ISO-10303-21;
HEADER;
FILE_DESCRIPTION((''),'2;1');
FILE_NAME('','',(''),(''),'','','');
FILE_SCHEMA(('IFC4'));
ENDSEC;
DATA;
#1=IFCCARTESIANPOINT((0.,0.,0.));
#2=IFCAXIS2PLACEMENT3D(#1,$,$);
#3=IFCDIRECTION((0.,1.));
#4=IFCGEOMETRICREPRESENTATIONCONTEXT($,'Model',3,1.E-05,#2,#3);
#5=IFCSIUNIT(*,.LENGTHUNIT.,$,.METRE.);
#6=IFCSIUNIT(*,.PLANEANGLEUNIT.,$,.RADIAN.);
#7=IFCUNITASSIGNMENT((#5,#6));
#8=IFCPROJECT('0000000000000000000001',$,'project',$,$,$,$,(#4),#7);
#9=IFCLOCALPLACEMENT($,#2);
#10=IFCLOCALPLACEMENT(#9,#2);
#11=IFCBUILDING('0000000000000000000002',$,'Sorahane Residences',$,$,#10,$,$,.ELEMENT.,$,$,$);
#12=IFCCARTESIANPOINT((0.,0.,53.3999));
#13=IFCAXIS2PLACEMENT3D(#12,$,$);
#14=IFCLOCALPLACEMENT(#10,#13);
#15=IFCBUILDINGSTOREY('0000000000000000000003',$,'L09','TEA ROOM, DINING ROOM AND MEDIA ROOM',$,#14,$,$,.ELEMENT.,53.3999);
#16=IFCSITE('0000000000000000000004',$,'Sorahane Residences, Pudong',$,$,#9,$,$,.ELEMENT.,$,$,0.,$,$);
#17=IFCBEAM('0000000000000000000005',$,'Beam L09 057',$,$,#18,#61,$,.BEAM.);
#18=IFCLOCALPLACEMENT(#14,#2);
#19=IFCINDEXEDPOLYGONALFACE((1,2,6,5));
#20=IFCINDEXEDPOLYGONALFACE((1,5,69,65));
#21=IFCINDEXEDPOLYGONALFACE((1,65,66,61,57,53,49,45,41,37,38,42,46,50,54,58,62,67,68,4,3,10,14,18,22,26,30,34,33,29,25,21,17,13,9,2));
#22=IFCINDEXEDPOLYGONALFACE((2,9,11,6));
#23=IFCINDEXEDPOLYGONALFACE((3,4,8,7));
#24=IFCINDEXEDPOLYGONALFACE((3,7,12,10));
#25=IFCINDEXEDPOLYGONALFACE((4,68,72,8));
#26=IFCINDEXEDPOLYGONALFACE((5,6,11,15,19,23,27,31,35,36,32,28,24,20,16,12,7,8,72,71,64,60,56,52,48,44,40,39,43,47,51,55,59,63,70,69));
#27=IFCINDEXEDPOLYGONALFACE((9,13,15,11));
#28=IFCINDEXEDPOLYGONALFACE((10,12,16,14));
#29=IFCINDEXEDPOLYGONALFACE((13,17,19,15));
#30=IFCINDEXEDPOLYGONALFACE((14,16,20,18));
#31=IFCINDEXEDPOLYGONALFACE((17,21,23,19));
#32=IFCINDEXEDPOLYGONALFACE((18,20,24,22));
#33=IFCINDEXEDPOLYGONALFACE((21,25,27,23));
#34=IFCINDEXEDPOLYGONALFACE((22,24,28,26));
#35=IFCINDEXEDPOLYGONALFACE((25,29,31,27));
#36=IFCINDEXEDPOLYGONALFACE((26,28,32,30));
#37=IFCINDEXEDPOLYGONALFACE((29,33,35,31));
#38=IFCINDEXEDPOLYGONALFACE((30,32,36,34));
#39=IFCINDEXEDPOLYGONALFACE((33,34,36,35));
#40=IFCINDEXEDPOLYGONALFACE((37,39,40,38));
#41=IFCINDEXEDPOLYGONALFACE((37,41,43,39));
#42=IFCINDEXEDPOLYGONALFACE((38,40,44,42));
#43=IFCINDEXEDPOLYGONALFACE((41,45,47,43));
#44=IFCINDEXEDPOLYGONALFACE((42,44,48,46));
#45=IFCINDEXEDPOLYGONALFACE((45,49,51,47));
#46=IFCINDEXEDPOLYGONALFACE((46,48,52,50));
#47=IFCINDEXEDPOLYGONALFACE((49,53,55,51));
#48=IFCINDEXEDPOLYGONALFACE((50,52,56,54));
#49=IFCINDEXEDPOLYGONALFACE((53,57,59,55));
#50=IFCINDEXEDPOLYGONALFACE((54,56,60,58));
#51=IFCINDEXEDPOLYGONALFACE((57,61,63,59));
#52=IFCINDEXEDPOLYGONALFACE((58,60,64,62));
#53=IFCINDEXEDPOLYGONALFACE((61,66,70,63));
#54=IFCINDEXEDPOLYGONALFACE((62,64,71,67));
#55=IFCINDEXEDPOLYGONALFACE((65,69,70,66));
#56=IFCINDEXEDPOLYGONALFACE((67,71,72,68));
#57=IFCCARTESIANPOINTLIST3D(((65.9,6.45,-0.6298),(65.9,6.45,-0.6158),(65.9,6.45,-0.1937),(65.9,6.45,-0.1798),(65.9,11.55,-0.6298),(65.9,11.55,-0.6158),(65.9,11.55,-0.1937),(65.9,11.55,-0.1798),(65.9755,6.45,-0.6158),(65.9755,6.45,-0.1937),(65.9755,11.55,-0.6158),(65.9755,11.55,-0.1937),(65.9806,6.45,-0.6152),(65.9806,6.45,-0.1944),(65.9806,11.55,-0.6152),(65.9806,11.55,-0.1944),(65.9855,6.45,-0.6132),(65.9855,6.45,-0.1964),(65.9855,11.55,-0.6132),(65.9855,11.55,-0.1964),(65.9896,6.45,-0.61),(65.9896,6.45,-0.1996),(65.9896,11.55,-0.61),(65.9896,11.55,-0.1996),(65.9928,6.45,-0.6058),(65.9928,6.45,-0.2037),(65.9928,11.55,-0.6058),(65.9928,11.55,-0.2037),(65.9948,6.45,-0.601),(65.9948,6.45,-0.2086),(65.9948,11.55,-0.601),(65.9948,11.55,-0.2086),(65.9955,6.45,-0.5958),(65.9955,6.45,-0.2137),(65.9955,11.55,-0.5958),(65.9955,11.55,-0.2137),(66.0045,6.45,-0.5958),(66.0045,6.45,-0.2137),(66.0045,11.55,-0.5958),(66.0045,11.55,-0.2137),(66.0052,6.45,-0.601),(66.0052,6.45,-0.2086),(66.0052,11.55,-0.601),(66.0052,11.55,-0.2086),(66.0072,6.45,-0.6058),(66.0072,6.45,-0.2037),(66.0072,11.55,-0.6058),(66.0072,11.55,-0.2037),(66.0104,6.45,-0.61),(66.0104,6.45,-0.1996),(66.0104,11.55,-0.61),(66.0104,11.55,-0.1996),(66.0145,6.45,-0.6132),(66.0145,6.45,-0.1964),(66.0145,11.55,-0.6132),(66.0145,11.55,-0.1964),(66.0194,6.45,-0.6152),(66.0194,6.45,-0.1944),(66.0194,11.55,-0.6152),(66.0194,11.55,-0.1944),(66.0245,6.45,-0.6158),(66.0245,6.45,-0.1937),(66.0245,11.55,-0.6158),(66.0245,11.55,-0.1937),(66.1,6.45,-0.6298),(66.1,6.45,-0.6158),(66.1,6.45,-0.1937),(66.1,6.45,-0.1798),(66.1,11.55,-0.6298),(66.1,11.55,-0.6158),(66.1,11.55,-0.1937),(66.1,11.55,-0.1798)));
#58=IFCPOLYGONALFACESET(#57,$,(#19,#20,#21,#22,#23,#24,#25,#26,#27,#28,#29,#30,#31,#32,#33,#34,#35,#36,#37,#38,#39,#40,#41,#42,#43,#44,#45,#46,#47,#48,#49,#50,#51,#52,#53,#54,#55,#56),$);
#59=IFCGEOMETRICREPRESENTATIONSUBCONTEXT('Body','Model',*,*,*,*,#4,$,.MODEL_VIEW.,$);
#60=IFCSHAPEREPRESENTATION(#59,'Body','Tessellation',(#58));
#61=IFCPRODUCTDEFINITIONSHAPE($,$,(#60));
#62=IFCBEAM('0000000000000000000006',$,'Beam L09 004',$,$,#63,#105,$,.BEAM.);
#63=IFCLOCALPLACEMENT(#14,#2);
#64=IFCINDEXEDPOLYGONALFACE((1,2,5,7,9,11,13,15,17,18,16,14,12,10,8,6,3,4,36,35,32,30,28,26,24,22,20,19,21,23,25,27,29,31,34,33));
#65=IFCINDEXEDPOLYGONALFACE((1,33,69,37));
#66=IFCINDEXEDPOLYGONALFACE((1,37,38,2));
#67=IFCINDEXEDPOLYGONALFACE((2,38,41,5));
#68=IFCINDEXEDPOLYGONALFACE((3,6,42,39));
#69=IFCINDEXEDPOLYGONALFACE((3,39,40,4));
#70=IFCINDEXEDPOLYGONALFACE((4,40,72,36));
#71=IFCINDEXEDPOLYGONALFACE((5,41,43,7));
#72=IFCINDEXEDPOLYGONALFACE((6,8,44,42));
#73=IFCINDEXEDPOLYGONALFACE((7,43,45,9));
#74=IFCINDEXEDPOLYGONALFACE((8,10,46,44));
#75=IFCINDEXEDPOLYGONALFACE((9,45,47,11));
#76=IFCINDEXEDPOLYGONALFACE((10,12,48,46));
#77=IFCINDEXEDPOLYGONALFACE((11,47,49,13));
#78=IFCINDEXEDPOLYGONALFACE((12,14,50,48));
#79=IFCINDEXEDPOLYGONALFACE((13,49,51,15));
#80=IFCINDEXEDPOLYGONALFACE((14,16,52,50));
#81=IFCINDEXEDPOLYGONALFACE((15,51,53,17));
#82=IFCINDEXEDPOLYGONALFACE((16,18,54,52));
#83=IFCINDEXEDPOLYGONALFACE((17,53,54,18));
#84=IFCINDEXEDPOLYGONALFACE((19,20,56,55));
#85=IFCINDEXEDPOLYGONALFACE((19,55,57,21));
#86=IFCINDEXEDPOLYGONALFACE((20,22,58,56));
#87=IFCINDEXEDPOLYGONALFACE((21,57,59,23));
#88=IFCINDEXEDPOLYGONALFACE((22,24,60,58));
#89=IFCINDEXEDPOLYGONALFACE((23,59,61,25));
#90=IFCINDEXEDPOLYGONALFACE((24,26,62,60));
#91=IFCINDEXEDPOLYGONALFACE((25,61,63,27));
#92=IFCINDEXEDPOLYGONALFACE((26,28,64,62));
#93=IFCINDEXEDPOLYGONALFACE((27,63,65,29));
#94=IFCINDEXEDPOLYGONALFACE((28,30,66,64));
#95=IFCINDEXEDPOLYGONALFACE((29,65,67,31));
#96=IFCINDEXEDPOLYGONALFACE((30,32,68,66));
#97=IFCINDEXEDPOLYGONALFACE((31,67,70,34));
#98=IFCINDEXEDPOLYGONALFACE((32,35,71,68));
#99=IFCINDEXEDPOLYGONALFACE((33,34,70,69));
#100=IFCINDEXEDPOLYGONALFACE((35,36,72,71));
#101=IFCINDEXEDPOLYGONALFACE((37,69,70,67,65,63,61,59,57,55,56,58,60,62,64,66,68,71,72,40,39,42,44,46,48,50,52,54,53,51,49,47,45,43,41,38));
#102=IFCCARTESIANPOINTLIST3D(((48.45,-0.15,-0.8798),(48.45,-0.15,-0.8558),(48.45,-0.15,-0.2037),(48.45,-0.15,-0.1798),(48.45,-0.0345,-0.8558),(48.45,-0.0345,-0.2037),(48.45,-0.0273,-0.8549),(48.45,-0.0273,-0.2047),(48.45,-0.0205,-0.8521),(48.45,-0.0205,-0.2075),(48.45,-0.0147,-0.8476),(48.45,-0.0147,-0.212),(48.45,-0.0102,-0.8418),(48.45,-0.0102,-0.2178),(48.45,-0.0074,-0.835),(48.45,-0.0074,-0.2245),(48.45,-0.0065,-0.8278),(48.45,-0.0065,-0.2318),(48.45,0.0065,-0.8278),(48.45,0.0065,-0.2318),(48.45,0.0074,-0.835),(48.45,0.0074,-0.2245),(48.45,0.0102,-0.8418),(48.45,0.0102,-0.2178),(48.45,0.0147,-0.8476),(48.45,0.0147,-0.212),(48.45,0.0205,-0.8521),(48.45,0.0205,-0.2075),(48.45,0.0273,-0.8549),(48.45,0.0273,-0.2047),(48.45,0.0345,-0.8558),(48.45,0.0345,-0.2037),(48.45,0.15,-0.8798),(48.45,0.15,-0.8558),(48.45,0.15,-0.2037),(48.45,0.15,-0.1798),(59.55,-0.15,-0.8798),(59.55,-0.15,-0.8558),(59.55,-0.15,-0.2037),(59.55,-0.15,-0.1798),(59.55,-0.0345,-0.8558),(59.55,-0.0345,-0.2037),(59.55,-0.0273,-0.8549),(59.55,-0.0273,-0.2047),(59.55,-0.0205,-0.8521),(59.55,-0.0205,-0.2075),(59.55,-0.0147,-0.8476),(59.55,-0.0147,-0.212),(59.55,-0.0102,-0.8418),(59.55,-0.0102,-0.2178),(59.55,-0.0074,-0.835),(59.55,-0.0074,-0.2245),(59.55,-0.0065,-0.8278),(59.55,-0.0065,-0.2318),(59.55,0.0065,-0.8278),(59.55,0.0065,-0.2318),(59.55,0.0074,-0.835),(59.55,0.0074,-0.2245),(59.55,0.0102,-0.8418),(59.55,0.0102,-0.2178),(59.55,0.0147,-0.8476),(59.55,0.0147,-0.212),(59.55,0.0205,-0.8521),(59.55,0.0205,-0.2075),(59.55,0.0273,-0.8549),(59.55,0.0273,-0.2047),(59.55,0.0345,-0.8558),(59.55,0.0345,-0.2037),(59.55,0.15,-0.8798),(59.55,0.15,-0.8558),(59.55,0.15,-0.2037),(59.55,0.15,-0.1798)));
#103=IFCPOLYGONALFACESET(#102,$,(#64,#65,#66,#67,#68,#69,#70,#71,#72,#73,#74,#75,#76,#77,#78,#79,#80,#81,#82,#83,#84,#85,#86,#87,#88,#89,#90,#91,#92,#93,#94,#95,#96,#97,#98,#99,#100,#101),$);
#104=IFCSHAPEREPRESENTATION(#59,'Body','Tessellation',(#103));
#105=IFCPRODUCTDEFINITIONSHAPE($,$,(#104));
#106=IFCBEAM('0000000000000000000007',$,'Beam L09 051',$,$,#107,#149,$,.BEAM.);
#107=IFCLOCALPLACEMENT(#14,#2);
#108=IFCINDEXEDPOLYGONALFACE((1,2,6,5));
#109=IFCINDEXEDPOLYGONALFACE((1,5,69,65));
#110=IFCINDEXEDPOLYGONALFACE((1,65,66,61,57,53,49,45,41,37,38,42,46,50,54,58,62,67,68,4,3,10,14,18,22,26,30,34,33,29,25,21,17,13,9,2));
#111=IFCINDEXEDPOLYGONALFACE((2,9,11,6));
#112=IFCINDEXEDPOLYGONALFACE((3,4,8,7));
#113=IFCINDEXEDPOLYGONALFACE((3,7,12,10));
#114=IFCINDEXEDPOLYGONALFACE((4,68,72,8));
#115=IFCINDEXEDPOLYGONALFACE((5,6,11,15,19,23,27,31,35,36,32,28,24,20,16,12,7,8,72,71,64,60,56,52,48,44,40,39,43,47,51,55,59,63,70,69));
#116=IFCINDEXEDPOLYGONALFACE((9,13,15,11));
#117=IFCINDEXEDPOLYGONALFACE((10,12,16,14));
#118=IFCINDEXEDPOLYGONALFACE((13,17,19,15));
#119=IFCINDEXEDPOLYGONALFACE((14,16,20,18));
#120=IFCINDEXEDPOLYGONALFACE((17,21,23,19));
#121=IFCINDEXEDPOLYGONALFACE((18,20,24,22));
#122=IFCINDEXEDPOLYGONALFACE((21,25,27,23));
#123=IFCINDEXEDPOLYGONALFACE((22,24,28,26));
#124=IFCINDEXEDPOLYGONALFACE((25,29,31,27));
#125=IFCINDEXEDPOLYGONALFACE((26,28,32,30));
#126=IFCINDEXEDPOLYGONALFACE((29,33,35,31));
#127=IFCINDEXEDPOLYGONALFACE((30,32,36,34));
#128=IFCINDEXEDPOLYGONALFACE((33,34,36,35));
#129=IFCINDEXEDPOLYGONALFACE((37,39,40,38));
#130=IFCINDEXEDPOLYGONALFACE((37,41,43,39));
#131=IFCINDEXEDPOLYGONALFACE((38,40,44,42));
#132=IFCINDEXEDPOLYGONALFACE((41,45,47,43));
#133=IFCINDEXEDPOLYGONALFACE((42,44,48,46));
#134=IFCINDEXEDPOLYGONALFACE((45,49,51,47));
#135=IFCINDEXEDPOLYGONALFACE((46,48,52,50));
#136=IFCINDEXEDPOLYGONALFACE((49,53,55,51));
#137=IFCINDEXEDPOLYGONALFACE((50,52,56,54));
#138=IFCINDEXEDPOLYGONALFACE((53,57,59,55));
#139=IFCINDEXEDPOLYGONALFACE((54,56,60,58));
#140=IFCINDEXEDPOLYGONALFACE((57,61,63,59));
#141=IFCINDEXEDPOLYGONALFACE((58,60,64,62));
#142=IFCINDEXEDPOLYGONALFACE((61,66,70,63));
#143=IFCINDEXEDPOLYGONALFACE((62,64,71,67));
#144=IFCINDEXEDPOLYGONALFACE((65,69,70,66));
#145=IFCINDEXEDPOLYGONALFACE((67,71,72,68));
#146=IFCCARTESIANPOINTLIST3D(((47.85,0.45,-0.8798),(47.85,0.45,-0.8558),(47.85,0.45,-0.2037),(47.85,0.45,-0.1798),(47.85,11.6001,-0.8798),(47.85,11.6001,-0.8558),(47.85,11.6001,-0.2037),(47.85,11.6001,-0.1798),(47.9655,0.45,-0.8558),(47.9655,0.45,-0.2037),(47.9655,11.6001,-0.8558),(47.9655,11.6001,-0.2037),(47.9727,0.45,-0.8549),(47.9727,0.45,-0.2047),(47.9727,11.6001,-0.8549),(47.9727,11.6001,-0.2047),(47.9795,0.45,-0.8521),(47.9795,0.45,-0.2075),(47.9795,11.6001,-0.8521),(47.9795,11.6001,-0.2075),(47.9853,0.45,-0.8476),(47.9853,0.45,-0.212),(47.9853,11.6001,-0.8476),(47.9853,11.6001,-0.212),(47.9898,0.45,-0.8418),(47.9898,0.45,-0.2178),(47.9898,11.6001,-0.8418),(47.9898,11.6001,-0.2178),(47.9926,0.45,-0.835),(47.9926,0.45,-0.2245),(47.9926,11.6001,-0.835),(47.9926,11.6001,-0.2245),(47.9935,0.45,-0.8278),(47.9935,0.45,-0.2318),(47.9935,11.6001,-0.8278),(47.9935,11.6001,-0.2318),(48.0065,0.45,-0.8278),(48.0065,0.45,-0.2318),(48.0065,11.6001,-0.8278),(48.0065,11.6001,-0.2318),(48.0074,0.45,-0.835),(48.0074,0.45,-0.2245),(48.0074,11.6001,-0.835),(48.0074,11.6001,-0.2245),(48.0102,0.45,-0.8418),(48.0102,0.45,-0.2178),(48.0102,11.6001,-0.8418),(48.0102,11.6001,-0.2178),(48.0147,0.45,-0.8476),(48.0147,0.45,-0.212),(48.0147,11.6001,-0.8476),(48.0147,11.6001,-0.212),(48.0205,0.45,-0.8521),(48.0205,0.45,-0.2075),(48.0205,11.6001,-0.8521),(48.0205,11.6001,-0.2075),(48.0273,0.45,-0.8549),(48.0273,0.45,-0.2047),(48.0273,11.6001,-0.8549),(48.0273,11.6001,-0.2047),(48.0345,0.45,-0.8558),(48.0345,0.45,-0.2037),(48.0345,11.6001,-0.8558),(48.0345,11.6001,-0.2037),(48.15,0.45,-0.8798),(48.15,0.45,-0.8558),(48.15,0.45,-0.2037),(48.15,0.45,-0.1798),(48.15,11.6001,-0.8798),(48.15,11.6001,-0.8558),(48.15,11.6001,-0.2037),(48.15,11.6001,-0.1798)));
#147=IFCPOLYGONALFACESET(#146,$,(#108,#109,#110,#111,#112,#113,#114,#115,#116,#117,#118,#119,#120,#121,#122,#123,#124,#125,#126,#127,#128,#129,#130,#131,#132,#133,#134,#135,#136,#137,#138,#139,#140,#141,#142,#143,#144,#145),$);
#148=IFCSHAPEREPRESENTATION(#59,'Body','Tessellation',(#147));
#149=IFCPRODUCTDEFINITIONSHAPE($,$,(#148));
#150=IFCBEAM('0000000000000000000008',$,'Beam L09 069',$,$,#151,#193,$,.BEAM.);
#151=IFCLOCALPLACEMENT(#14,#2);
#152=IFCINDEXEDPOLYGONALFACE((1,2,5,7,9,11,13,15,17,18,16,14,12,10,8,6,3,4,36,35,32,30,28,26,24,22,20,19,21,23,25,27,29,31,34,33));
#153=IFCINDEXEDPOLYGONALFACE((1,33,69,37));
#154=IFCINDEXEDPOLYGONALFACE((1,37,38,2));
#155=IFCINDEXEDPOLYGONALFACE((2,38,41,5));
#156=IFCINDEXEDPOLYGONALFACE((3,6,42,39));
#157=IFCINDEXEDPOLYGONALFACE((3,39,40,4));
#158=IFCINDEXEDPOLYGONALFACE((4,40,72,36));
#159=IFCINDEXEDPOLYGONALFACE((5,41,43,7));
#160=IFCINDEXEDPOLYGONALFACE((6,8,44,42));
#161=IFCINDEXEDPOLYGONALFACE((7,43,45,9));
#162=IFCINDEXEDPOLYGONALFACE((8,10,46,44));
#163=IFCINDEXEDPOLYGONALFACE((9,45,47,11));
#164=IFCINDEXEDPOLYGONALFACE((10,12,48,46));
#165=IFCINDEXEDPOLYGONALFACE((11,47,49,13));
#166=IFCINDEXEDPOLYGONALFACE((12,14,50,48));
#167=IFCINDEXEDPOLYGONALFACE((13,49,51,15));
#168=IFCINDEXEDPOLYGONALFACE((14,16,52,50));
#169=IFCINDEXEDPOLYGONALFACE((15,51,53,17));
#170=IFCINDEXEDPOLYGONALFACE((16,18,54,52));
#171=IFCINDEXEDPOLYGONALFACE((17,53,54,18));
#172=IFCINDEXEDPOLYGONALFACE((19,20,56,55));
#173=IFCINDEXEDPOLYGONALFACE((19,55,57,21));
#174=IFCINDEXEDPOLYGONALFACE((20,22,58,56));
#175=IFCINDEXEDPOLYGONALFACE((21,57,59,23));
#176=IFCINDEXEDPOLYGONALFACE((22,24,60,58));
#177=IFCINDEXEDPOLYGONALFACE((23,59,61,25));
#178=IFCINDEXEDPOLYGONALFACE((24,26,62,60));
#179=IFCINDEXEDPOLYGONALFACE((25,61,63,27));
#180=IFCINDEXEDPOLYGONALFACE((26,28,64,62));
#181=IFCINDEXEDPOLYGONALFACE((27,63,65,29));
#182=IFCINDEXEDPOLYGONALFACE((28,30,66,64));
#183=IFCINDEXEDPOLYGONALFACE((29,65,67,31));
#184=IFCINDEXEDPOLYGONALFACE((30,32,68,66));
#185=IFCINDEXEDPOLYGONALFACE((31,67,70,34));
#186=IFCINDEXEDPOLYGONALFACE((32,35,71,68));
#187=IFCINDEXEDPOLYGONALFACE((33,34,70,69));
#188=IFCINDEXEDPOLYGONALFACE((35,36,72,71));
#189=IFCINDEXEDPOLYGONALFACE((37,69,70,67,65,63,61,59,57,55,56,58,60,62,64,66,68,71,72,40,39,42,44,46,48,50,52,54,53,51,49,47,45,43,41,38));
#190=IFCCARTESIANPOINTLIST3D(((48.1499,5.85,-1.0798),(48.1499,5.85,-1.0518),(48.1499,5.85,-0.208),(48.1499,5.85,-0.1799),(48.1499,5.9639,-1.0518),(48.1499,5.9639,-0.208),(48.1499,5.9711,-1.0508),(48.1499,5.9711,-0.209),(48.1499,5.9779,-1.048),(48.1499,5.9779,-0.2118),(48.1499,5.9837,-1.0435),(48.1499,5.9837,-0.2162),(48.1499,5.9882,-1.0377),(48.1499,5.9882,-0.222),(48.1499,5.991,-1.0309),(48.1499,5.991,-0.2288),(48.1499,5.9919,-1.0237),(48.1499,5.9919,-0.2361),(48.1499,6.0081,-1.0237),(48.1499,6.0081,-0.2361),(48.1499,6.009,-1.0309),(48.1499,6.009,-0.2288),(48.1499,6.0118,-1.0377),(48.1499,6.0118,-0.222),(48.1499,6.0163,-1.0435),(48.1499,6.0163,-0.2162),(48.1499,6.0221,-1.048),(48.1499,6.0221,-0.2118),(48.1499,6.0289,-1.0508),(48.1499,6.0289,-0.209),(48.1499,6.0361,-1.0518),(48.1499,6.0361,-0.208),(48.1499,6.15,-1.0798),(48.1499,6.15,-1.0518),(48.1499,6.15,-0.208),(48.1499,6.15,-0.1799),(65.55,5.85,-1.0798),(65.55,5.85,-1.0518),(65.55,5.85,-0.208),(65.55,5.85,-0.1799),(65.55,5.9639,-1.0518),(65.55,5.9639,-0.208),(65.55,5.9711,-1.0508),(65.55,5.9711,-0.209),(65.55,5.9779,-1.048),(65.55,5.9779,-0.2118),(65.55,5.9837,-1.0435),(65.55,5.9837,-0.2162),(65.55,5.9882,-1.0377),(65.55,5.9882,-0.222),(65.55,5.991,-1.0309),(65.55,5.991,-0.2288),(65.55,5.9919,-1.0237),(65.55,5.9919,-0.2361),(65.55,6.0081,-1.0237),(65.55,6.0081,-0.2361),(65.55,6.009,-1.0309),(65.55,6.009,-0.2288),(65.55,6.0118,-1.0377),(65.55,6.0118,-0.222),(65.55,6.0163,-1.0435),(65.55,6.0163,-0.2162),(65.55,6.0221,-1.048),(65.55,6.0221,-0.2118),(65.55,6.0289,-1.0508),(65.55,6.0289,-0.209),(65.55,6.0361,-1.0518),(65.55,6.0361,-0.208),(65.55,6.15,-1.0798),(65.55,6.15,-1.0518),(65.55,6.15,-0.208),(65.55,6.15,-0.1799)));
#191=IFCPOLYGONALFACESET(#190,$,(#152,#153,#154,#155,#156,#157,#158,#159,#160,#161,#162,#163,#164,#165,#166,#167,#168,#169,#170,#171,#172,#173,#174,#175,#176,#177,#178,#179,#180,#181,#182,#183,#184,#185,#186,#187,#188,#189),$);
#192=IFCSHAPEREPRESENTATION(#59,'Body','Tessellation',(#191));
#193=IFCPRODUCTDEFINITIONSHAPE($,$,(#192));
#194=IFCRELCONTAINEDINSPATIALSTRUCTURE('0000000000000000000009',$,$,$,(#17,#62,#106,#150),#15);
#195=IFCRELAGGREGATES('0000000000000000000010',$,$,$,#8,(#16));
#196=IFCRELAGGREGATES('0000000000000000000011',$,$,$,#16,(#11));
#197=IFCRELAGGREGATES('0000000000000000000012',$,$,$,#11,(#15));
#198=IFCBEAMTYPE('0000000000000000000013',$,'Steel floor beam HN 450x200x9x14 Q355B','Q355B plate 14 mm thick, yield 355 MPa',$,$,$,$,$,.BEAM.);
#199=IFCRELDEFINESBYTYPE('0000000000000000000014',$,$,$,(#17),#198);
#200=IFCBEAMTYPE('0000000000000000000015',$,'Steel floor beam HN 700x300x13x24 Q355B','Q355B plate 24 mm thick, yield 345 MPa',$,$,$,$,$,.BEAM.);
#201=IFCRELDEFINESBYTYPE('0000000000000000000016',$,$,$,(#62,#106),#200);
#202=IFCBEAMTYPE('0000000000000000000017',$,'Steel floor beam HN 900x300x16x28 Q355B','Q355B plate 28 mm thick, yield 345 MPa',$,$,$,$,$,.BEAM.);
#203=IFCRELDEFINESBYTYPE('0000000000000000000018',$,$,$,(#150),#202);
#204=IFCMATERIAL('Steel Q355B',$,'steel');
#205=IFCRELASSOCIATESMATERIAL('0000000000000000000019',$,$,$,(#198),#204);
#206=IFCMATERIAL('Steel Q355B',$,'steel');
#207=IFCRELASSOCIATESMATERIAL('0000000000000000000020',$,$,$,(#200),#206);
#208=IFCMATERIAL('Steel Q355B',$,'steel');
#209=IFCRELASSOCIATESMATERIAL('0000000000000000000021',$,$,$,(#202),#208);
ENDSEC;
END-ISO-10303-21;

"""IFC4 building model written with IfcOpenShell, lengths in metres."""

from ifc_helpers import new_model, si_unit, direction, frame, origin, origin_2d, place, context, subcontext, project, spatial, i_section, extrude, material, material_profile, profile_set, type_object, element, save


model = new_model("IFC4")

# Units and contexts
model_context = context("Model", 3, precision=1e-05, world=origin(), true_north=direction((0.0, 1.0)))
body_context = subcontext(model_context, "Body", "Model", "MODEL_VIEW")
ifc_project = project(units=[si_unit("LENGTHUNIT", "METRE"), si_unit("PLANEANGLEUNIT", "RADIAN")], contexts=[model_context])

# Site, building, storey
site_placement = place(None, origin())
site = spatial("IfcSite", under=ifc_project, at=site_placement, Name="Sorahane Residences, Pudong", CompositionType="ELEMENT", RefElevation=0.0)
building_placement = place(site_placement, origin())
building = spatial("IfcBuilding", under=site, at=building_placement, Name="Sorahane Residences", CompositionType="ELEMENT")
storey_placement = place(building_placement, frame((0.0, 0.0, 53.3999)))
storey = spatial("IfcBuildingStorey", under=building, at=storey_placement, Name="L09", Description="TEA ROOM, DINING ROOM AND MEDIA ROOM", CompositionType="ELEMENT", Elevation=53.3999)

# Beams
ifc_material_1 = material(Name="Steel Q355B", Category="steel")
ifc_material_profile_1 = material_profile(ifc_material_1, i_section(OverallWidth=0.2, OverallDepth=0.45, WebThickness=0.009, FlangeThickness=0.0139, FilletRadius=0.02, at=origin_2d()), Name="HN 450x200x9x14")
ifc_profile_set_1 = profile_set([ifc_material_profile_1], Name="Steel Q355B")
beam_type_1 = type_object("IfcBeamType", Name="Steel floor beam HN 450x200x9x14 Q355B", Description="Q355B plate 14 mm thick, yield 355 MPa", PredefinedType="BEAM", material=ifc_profile_set_1)
beam_1_placement = place(storey_placement, frame((66.0, 6.45, -0.4048), z_axis=(0.0, 1.0, 0.0), x_axis=(-1.0, 0.0, 0.0)))
element("IfcBeam", 1, at=beam_1_placement, inside=storey, type_object=beam_type_1, Name="Beam L09 057", PredefinedType="BEAM", context=body_context, shape_type="SweptSolid", body=[
    extrude(i_section(OverallWidth=0.2, OverallDepth=0.45, WebThickness=0.009, FlangeThickness=0.0139, FilletRadius=0.02, at=origin_2d()), origin(), (0.0, 0.0, 1.0), 5.1001),
])
ifc_material_2 = material(Name="Steel Q355B", Category="steel")
ifc_material_profile_2 = material_profile(ifc_material_2, i_section(OverallWidth=0.3, OverallDepth=0.7, WebThickness=0.0129, FlangeThickness=0.0239, FilletRadius=0.0281, at=origin_2d()), Name="HN 700x300x13x24")
ifc_profile_set_2 = profile_set([ifc_material_profile_2], Name="Steel Q355B")
beam_type_2 = type_object("IfcBeamType", Name="Steel floor beam HN 700x300x13x24 Q355B", Description="Q355B plate 24 mm thick, yield 345 MPa", PredefinedType="BEAM", material=ifc_profile_set_2)
beam_2_placement = place(storey_placement, frame((48.45, 0.0, -0.5298), z_axis=(1.0, 0.0, 0.0), x_axis=(0.0, 1.0, 0.0)))
element("IfcBeam", 2, at=beam_2_placement, inside=storey, type_object=beam_type_2, Name="Beam L09 004", PredefinedType="BEAM", context=body_context, shape_type="SweptSolid", body=[
    extrude(i_section(OverallWidth=0.3, OverallDepth=0.7, WebThickness=0.0129, FlangeThickness=0.0239, FilletRadius=0.0281, at=origin_2d()), origin(), (0.0, 0.0, 1.0), 11.1001),
])
beam_3_placement = place(storey_placement, frame((48.0, 0.45, -0.5298), z_axis=(0.0, 1.0, 0.0), x_axis=(-1.0, 0.0, 0.0)))
element("IfcBeam", 3, at=beam_3_placement, inside=storey, type_object=beam_type_2, Name="Beam L09 051", PredefinedType="BEAM", context=body_context, shape_type="SweptSolid", body=[
    extrude(i_section(OverallWidth=0.3, OverallDepth=0.7, WebThickness=0.0129, FlangeThickness=0.0239, FilletRadius=0.0281, at=origin_2d()), origin(), (0.0, 0.0, 1.0), 11.1501),
])
ifc_material_3 = material(Name="Steel Q355B", Category="steel")
ifc_material_profile_3 = material_profile(ifc_material_3, i_section(OverallWidth=0.3, OverallDepth=0.8999, WebThickness=0.0161, FlangeThickness=0.0281, FilletRadius=0.0281, at=origin_2d()), Name="HN 900x300x16x28")
ifc_profile_set_3 = profile_set([ifc_material_profile_3], Name="Steel Q355B")
beam_type_3 = type_object("IfcBeamType", Name="Steel floor beam HN 900x300x16x28 Q355B", Description="Q355B plate 28 mm thick, yield 345 MPa", PredefinedType="BEAM", material=ifc_profile_set_3)
beam_4_placement = place(storey_placement, frame((48.1499, 6.0, -0.6299), z_axis=(1.0, 0.0, 0.0), x_axis=(0.0, 1.0, 0.0)))
element("IfcBeam", 4, at=beam_4_placement, inside=storey, type_object=beam_type_3, Name="Beam L09 069", PredefinedType="BEAM", context=body_context, shape_type="SweptSolid", body=[
    extrude(i_section(OverallWidth=0.3, OverallDepth=0.8999, WebThickness=0.0161, FlangeThickness=0.0281, FilletRadius=0.0281, at=origin_2d()), origin(), (0.0, 0.0, 1.0), 17.4001),
])

save(model, "model.ifc")
